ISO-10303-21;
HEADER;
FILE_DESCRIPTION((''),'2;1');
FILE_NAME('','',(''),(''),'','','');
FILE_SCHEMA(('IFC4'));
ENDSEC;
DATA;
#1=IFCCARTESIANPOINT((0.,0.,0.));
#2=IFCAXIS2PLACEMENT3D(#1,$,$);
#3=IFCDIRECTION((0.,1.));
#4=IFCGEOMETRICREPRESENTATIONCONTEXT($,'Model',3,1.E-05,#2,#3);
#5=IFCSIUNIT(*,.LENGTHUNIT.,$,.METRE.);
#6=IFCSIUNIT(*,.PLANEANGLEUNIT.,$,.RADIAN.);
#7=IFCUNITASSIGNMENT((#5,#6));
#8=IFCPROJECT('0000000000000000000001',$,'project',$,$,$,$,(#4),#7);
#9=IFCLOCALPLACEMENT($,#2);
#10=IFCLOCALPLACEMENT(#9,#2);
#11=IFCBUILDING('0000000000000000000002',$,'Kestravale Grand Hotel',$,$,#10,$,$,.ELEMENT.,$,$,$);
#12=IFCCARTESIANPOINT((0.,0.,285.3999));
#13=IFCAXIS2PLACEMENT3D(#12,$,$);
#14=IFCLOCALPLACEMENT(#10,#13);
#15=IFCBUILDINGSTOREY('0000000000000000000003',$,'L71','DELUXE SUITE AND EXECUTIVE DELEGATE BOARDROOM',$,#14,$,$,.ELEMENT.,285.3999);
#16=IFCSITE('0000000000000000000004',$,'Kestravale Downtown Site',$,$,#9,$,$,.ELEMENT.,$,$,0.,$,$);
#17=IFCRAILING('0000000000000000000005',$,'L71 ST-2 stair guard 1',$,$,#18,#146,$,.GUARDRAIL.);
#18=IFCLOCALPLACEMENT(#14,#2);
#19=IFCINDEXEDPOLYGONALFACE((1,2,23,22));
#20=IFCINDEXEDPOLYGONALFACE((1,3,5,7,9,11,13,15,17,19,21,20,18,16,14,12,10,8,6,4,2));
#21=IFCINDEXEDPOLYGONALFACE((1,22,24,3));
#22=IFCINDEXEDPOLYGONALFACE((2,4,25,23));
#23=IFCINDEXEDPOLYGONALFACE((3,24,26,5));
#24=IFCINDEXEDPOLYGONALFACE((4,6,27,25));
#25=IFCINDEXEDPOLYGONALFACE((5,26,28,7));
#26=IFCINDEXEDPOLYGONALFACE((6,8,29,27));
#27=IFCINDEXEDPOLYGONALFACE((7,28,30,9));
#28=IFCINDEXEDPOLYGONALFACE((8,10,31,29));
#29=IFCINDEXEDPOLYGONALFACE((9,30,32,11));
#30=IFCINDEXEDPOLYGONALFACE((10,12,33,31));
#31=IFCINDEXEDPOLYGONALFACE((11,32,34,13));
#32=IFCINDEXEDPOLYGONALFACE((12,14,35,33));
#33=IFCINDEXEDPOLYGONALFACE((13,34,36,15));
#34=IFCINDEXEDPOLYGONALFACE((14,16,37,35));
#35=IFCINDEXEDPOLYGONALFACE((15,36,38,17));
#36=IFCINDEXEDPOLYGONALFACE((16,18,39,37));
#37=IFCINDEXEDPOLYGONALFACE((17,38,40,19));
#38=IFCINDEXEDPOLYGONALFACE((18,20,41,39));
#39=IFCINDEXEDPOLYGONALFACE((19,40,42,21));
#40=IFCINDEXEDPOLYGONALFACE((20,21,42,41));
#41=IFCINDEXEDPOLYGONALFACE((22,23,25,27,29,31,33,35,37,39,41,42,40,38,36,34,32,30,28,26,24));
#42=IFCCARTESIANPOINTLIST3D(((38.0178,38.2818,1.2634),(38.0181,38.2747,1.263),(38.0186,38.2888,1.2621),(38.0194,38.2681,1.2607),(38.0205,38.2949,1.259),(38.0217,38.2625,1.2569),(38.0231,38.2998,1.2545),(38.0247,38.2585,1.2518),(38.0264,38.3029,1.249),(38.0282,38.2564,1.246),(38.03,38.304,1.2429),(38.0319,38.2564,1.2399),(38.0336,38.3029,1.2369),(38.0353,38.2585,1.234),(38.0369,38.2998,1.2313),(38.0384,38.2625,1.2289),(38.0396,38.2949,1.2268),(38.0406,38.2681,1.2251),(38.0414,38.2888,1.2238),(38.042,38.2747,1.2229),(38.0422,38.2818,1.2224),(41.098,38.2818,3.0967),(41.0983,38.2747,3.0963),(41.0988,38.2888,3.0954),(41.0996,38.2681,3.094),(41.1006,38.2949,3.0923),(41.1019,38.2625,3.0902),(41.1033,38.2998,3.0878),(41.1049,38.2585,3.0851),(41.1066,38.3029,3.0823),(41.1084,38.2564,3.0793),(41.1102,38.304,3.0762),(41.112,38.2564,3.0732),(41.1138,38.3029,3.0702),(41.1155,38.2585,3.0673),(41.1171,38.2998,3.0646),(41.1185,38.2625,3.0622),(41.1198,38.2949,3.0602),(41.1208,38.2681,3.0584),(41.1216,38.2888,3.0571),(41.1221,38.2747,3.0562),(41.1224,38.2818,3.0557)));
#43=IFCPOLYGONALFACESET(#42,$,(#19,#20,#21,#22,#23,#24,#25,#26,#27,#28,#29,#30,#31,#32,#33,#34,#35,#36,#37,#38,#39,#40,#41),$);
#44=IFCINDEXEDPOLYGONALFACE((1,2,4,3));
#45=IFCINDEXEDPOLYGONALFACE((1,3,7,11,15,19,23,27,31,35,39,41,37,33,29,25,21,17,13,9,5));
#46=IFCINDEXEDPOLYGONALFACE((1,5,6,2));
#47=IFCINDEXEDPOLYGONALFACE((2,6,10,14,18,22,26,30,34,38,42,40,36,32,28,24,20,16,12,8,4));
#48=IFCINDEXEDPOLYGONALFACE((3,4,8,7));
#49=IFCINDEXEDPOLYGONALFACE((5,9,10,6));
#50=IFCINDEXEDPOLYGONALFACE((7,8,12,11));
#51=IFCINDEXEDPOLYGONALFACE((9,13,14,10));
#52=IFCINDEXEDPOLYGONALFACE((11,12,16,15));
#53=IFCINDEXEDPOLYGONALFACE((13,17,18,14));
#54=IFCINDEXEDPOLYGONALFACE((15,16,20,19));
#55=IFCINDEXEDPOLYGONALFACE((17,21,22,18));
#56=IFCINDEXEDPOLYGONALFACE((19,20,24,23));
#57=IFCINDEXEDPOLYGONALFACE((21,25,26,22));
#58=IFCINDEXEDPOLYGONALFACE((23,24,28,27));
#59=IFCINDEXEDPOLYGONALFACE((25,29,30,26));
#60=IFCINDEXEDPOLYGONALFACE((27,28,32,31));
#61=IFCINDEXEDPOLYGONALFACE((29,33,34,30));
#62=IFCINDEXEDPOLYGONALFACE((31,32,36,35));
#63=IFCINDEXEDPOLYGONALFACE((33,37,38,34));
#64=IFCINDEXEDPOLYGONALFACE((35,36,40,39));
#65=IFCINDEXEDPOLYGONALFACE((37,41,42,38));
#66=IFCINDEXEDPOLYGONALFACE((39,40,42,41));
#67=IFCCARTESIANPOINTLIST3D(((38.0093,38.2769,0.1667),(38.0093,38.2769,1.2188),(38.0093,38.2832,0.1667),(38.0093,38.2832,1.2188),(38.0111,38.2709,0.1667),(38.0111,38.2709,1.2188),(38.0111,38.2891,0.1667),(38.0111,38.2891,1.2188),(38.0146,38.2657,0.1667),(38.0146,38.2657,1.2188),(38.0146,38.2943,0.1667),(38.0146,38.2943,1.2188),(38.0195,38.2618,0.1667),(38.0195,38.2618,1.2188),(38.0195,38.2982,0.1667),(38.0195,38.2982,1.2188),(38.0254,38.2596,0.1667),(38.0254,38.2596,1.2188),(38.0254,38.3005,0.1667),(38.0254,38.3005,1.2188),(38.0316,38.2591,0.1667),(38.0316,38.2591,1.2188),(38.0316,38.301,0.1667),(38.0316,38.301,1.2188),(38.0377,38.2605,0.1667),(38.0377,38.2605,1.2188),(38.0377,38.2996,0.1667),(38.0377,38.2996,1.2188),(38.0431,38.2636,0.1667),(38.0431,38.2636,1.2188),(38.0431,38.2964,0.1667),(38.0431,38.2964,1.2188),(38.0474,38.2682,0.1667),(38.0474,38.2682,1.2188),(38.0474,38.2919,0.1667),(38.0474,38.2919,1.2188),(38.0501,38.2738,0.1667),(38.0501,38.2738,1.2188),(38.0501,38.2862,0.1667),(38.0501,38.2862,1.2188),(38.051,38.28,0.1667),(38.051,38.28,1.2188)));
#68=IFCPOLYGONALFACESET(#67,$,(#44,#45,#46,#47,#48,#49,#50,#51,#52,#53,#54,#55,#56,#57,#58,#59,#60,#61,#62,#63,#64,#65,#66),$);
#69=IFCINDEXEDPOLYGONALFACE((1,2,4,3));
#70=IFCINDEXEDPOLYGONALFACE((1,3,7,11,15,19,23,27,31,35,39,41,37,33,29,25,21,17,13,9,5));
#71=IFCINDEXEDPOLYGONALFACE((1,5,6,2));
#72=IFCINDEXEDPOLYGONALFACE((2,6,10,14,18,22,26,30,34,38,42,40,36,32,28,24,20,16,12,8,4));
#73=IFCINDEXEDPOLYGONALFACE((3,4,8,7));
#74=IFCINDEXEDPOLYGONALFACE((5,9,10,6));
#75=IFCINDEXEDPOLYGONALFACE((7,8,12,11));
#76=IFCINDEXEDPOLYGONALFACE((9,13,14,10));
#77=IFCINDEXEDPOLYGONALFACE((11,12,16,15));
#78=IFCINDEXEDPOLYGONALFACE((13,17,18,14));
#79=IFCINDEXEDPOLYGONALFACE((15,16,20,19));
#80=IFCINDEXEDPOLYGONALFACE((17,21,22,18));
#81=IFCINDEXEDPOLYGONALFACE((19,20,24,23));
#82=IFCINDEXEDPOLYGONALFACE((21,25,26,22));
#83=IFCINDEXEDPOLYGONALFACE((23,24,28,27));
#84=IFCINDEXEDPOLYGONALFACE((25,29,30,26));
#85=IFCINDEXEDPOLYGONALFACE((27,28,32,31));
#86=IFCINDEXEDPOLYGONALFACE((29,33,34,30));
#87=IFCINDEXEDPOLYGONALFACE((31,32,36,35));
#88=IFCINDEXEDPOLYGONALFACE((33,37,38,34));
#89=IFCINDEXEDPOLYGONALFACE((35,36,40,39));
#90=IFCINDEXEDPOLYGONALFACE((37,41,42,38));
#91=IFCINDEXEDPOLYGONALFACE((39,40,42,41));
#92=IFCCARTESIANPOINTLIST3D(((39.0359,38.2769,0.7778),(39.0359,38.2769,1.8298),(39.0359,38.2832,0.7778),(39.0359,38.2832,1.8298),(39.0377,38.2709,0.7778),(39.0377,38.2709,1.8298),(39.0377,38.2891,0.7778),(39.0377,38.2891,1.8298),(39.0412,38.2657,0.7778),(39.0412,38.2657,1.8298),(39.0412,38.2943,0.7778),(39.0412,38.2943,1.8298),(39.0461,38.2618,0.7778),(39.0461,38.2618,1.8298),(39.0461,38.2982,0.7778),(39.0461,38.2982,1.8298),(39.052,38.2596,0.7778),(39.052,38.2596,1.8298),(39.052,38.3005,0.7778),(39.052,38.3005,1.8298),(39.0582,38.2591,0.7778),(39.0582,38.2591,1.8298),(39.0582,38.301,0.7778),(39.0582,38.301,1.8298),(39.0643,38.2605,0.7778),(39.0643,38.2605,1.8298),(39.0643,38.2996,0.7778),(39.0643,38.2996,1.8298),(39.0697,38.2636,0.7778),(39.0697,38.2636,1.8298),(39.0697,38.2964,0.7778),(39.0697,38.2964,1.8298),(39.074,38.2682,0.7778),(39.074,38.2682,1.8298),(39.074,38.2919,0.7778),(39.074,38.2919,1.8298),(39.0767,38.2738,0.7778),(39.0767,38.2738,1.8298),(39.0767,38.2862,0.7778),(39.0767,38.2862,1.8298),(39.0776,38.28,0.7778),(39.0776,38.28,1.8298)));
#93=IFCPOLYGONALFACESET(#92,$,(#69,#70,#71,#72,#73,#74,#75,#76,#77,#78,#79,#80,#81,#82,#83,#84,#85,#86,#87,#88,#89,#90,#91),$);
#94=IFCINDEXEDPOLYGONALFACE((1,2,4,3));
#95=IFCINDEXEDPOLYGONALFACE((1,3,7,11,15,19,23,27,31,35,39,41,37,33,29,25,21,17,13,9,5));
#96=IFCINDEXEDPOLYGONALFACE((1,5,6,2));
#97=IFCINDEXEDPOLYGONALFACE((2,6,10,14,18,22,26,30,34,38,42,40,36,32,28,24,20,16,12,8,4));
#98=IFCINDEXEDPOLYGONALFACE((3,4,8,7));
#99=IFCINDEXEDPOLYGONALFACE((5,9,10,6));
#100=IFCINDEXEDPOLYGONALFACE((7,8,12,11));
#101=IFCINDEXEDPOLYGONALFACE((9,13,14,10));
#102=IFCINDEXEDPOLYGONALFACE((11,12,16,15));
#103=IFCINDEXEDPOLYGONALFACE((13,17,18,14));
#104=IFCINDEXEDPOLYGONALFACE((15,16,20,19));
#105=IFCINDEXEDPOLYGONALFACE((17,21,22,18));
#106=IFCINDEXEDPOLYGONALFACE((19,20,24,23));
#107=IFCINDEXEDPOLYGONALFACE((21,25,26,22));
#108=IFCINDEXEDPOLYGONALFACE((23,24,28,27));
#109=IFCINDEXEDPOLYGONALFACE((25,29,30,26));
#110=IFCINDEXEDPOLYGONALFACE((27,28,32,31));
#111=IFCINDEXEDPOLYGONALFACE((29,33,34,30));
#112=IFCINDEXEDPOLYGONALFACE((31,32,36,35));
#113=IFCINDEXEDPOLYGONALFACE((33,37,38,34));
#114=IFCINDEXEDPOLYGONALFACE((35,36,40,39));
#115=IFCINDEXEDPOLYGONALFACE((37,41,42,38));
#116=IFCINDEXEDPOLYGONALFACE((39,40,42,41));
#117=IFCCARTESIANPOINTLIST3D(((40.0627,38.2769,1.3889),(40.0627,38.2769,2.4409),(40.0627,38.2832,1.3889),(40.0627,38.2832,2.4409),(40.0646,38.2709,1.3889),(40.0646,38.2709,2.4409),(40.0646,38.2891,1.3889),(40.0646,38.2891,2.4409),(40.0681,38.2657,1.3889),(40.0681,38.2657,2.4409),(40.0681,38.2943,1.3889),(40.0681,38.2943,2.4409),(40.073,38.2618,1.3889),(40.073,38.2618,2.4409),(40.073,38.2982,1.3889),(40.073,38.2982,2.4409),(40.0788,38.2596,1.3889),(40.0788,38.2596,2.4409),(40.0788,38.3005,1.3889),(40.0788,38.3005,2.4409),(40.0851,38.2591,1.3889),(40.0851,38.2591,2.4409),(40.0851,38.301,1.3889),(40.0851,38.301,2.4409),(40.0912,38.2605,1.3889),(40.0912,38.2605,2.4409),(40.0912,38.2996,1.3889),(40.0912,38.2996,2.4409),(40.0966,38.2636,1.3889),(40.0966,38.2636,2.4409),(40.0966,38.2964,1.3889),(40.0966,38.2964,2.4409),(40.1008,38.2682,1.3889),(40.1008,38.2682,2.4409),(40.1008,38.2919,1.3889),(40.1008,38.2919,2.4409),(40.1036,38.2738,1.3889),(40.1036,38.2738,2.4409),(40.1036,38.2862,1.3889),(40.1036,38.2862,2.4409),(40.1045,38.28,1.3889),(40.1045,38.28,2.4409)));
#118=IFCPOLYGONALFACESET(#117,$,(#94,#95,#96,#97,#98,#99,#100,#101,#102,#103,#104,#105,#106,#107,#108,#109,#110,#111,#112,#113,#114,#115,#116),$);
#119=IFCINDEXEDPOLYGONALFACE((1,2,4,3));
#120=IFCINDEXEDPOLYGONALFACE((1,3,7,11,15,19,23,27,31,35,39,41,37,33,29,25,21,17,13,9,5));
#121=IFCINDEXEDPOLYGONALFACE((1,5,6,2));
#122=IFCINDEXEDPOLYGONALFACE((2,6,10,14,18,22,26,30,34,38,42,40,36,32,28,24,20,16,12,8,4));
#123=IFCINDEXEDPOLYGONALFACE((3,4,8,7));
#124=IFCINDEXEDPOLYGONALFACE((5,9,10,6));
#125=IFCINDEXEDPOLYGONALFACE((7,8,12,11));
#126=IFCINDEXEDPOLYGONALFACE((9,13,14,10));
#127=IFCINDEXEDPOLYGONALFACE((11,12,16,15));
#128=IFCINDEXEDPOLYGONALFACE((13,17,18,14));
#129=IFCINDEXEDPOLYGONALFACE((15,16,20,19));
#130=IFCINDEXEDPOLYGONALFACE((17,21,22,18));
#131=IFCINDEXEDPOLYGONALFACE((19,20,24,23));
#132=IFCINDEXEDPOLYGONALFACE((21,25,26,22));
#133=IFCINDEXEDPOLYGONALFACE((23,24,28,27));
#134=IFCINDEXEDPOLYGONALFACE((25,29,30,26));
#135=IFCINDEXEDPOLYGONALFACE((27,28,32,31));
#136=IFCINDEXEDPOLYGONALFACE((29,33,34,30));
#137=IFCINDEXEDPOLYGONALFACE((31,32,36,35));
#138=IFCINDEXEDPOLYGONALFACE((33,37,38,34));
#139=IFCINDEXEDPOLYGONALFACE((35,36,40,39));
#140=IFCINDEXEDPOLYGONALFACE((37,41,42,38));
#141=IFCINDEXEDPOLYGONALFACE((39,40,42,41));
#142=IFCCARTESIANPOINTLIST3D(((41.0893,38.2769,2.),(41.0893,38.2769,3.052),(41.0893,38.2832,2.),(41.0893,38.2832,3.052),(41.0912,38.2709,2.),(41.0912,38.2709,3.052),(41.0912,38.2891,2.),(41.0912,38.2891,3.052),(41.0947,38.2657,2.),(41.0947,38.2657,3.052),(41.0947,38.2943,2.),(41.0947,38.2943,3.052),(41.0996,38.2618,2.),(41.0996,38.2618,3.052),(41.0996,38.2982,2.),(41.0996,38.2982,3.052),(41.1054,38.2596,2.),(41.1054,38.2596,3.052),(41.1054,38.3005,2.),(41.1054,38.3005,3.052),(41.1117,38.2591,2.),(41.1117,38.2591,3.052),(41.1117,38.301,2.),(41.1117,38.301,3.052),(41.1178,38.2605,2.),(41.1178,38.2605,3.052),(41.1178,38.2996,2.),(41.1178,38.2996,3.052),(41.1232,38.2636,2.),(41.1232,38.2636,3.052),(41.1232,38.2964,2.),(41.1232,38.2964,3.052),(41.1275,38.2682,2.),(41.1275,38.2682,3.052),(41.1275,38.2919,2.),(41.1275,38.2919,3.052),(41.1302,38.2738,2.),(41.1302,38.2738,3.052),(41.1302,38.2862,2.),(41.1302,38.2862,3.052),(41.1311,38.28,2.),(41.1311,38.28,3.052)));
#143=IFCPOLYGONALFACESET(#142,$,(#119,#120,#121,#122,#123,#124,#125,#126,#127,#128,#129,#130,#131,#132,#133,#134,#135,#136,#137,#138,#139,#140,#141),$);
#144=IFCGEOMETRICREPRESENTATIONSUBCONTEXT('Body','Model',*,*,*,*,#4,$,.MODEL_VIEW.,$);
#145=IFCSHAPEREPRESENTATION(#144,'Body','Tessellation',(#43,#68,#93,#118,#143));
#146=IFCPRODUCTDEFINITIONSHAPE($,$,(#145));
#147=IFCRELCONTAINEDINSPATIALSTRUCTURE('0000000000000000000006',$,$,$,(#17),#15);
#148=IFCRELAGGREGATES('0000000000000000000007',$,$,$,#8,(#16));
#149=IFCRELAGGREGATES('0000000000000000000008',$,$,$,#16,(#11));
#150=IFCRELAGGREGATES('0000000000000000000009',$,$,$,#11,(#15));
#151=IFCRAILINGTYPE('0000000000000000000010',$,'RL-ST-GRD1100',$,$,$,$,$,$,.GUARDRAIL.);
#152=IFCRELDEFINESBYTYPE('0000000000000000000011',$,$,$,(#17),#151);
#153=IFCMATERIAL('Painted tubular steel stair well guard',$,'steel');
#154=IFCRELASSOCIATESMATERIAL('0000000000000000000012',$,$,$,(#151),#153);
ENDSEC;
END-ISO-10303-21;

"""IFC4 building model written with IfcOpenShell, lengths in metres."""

from ifc_helpers import new_model, si_unit, direction, frame, origin, origin_2d, place, context, subcontext, project, spatial, circle, extrude, material, type_object, element, save


model = new_model("IFC4")

# Units and contexts
model_context = context("Model", 3, precision=1e-05, world=origin(), true_north=direction((0.0, 1.0)))
body_context = subcontext(model_context, "Body", "Model", "MODEL_VIEW")
ifc_project = project(units=[si_unit("LENGTHUNIT", "METRE"), si_unit("PLANEANGLEUNIT", "RADIAN")], contexts=[model_context])

# Site, building, storey
site_placement = place(None, origin())
site = spatial("IfcSite", under=ifc_project, at=site_placement, Name="Kestravale Downtown Site", CompositionType="ELEMENT", RefElevation=0.0)
building_placement = place(site_placement, origin())
building = spatial("IfcBuilding", under=site, at=building_placement, Name="Kestravale Grand Hotel", CompositionType="ELEMENT")
storey_placement = place(building_placement, frame((0.0, 0.0, 285.3999)))
storey = spatial("IfcBuildingStorey", under=building, at=storey_placement, Name="L71", Description="DELUXE SUITE AND EXECUTIVE DELEGATE BOARDROOM", CompositionType="ELEMENT", Elevation=285.3999)

# Railing
ifc_material_1 = material(Name="Painted tubular steel stair well guard", Category="steel")
railing_type_1 = type_object("IfcRailingType", Name="RL-ST-GRD1100", PredefinedType="GUARDRAIL", material=ifc_material_1)
railing_1_placement = place(storey_placement, frame((38.03, 38.28, 0.1667)))
element("IfcRailing", 1, at=railing_1_placement, inside=storey, type_object=railing_type_1, Name="L71 ST-2 stair guard 1", PredefinedType="GUARDRAIL", context=body_context, shape_type="SweptSolid", body=[
    extrude(circle(Radius=0.0239, at=origin_2d()), frame((0.0, 0.0, 1.0762), z_axis=(0.859309, 0.0, 0.511458), x_axis=(0.0, 1.0, 0.0)), (0.0, 0.0, 1.0), 3.5845),
    extrude(circle(Radius=0.021, at=origin_2d()), origin(), (0.0, 0.0, 1.0), 1.052),
    extrude(circle(Radius=0.021, at=origin_2d()), frame((1.0266, 0.0, 0.6111)), (0.0, 0.0, 1.0), 1.052),
    extrude(circle(Radius=0.021, at=origin_2d()), frame((2.0535, 0.0, 1.2222)), (0.0, 0.0, 1.0), 1.052),
    extrude(circle(Radius=0.021, at=origin_2d()), frame((3.0801, 0.0, 1.8333)), (0.0, 0.0, 1.0), 1.052),
])

save(model, "model.ifc")
